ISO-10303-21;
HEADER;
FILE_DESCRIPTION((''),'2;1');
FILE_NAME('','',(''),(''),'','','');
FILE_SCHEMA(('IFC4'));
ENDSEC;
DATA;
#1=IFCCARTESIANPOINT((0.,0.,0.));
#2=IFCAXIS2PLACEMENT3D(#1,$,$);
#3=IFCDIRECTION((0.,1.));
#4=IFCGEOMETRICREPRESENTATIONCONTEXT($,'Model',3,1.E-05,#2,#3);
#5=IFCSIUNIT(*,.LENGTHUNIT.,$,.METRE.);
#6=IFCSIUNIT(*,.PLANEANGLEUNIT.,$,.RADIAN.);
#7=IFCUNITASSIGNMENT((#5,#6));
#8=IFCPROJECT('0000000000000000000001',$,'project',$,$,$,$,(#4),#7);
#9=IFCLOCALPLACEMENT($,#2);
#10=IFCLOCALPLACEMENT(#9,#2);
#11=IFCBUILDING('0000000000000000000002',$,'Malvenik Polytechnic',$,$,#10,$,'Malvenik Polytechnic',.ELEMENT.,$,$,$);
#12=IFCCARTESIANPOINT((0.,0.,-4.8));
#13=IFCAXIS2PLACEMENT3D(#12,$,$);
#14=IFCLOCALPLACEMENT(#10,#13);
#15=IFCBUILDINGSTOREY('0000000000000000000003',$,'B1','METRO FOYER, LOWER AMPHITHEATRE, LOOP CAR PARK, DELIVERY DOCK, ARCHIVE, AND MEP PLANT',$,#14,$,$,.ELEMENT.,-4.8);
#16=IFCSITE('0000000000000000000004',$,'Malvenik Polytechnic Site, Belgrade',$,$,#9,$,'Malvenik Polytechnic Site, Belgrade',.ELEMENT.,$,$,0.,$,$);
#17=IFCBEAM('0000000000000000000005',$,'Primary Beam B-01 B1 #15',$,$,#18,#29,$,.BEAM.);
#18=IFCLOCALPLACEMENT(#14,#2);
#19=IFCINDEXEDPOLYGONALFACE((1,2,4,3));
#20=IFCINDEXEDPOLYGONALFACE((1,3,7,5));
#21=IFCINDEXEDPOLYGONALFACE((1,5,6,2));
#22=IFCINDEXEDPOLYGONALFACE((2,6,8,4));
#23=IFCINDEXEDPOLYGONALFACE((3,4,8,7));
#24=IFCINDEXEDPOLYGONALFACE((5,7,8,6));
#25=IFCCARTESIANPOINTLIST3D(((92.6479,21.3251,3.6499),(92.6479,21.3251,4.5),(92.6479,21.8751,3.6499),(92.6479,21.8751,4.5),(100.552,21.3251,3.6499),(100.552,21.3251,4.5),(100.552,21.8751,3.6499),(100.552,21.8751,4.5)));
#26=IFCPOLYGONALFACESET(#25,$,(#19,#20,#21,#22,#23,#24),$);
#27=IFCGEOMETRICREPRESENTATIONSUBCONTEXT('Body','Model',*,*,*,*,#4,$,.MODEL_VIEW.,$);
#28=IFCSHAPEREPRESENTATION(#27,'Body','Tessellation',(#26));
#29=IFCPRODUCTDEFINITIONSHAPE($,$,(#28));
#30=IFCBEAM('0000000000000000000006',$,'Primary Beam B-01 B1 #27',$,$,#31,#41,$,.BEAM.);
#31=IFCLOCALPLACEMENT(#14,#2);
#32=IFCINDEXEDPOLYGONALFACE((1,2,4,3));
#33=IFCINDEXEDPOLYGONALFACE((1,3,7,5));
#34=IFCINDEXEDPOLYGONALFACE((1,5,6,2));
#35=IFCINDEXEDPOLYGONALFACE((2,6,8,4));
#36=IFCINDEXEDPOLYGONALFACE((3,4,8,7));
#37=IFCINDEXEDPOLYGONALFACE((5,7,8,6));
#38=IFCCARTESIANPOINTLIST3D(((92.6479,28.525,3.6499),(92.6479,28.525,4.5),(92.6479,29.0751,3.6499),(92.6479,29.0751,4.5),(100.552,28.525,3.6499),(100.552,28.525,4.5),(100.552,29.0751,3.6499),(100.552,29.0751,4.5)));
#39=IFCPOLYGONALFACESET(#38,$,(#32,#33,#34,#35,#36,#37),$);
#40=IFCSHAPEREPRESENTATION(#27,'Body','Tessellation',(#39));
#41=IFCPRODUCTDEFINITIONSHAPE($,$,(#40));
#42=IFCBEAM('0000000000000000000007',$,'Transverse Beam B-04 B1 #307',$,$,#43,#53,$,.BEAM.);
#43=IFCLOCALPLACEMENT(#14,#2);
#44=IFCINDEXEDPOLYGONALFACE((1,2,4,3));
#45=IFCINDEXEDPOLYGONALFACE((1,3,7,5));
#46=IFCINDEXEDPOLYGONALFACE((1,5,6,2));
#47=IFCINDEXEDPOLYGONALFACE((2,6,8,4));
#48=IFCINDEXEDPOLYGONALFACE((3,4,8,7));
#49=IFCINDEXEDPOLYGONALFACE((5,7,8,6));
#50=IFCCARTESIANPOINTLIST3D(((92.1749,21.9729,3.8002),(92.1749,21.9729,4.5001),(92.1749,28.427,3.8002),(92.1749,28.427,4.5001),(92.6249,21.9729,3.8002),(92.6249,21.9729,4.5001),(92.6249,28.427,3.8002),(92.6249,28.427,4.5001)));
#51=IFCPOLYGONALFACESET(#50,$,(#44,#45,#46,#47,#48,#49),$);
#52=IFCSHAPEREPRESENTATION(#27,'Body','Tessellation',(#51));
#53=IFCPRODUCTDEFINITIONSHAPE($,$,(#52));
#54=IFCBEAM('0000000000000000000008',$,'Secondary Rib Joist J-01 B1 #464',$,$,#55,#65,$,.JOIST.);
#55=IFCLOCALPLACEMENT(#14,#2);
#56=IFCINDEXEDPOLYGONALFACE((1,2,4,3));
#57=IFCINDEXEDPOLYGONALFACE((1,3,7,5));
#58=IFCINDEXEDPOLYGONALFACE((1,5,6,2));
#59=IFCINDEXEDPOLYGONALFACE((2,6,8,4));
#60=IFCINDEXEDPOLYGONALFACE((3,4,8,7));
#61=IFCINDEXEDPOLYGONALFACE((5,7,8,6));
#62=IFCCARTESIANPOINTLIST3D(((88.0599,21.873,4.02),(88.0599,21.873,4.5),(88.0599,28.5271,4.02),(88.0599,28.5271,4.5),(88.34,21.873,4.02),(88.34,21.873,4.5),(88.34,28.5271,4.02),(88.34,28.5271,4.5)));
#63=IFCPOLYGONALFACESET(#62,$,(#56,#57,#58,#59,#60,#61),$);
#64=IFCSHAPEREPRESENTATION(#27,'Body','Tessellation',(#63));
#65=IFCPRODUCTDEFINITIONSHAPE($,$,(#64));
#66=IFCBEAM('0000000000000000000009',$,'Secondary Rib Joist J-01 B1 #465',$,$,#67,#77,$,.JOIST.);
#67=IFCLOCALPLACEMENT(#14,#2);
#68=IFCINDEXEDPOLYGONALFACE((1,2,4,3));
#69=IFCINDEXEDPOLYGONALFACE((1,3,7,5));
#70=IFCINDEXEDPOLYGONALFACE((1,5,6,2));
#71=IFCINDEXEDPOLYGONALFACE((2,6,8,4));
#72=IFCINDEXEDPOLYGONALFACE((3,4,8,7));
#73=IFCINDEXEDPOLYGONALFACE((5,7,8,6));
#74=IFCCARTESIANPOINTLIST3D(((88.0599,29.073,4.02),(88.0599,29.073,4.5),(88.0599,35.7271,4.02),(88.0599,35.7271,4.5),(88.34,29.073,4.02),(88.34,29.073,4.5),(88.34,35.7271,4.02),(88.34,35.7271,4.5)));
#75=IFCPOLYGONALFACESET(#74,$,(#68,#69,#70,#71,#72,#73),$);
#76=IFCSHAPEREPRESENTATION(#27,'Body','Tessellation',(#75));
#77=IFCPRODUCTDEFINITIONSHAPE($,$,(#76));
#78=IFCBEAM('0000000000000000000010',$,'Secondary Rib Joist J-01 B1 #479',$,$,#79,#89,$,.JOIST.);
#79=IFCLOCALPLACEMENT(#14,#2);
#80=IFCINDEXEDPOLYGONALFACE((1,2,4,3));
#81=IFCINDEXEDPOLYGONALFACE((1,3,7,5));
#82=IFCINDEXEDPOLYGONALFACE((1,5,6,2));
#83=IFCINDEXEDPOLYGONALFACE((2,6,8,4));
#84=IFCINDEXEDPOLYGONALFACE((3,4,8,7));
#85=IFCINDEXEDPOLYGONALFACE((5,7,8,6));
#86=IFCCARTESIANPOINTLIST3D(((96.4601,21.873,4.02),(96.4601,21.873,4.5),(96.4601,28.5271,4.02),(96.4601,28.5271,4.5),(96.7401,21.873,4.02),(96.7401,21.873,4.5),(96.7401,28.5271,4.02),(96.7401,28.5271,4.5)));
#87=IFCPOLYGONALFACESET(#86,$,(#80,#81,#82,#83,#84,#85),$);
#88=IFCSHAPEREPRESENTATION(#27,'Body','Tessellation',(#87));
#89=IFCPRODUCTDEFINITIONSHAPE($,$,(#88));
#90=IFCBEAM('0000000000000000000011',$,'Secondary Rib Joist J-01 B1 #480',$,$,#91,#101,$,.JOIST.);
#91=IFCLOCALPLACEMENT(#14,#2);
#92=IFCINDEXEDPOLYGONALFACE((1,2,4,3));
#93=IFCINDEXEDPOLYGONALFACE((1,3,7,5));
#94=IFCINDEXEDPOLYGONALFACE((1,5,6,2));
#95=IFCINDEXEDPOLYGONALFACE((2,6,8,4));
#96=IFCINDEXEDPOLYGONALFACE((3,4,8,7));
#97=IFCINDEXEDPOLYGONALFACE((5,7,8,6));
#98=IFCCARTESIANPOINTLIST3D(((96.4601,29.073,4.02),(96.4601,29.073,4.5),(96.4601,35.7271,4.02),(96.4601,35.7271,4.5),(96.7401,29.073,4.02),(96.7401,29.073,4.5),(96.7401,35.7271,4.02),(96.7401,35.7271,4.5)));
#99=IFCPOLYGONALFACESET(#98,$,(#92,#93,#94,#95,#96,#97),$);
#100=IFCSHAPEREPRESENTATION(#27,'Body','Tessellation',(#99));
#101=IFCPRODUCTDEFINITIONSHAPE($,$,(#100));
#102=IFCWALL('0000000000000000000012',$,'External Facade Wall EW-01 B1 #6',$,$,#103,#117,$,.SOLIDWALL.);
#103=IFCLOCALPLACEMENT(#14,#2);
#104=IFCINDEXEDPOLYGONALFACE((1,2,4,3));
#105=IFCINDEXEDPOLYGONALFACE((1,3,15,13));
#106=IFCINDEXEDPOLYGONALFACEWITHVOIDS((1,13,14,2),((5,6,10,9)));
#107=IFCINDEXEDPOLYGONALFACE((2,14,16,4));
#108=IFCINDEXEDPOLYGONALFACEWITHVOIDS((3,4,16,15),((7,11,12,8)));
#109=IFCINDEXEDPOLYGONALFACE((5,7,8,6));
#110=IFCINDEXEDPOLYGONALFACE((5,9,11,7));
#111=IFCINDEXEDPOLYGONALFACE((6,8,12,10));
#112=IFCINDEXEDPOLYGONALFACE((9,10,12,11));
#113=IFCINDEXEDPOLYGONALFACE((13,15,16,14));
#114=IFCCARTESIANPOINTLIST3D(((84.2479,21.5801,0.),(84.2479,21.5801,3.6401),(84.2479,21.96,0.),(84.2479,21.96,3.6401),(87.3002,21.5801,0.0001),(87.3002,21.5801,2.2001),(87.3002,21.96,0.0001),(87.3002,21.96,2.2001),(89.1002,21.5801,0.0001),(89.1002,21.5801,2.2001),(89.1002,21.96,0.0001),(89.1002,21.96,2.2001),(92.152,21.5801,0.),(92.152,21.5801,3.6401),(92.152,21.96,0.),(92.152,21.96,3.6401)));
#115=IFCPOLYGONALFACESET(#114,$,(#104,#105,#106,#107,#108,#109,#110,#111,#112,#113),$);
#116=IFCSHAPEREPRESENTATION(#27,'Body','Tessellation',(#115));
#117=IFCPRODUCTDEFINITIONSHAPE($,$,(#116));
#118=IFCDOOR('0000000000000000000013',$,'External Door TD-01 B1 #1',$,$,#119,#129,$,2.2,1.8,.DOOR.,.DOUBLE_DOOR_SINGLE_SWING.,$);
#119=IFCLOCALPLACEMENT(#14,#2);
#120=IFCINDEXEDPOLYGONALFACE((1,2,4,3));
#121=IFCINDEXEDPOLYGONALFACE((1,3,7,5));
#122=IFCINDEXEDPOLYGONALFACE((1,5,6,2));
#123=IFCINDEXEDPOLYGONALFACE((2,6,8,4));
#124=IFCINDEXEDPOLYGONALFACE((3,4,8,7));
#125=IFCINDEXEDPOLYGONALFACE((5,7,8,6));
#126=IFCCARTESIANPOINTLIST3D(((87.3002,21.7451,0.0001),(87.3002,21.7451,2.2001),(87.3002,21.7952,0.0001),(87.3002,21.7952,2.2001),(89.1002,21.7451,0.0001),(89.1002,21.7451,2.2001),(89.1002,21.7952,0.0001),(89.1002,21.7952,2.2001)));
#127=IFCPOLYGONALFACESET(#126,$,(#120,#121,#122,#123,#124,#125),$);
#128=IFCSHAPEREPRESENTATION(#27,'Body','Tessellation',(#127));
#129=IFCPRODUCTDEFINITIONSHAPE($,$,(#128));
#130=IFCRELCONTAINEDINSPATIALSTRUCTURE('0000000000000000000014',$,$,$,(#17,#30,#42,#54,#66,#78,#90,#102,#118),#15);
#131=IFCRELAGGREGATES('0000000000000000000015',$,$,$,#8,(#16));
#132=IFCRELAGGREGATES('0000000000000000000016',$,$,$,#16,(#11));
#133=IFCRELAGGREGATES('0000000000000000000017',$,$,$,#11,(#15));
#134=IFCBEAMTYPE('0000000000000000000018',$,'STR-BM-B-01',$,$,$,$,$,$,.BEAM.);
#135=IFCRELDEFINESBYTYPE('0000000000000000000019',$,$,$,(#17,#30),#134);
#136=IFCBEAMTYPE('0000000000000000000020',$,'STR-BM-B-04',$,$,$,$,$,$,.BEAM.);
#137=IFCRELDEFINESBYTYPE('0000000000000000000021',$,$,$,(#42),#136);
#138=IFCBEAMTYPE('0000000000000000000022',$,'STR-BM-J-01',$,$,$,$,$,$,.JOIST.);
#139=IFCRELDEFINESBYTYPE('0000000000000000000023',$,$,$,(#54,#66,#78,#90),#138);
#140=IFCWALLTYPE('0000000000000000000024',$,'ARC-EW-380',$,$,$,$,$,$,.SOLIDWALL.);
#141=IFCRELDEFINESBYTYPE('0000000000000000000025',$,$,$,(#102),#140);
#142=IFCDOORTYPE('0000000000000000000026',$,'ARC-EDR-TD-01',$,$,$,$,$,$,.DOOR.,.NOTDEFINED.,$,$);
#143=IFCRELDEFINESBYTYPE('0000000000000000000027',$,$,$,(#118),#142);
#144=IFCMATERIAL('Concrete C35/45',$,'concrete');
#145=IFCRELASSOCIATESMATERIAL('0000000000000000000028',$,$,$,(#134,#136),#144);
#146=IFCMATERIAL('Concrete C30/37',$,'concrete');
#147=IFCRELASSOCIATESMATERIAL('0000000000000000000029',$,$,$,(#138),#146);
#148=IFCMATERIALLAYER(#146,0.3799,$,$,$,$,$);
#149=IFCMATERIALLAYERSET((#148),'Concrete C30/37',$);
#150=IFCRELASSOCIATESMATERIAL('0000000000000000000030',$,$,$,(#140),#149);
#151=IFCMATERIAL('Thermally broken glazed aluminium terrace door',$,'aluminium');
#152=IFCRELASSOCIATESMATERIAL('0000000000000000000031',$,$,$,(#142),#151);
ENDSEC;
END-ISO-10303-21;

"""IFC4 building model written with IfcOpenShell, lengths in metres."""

from ifc_helpers import new_model, si_unit, direction, frame, frame_2d, origin, origin_2d, place, context, subcontext, project, spatial, rectangle, extrude, material, layer, layer_set, material_profile, profile_set, type_object, element, fill, save


model = new_model("IFC4")

# Units and contexts
model_context = context("Model", 3, precision=1e-05, world=origin(), true_north=direction((0.0, 1.0)))
body_context = subcontext(model_context, "Body", "Model", "MODEL_VIEW")
ifc_project = project(units=[si_unit("LENGTHUNIT", "METRE"), si_unit("PLANEANGLEUNIT", "RADIAN")], contexts=[model_context])

# Site, building, storey
site_placement = place(None, origin())
site = spatial("IfcSite", under=ifc_project, at=site_placement, Name="Malvenik Polytechnic Site, Belgrade", LongName="Malvenik Polytechnic Site, Belgrade", CompositionType="ELEMENT", RefElevation=0.0)
building_placement = place(site_placement, origin())
building = spatial("IfcBuilding", under=site, at=building_placement, Name="Malvenik Polytechnic", LongName="Malvenik Polytechnic", CompositionType="ELEMENT")
storey_placement = place(building_placement, frame((0.0, 0.0, -4.8)))
storey = spatial("IfcBuildingStorey", under=building, at=storey_placement, Name="B1", Description="METRO FOYER, LOWER AMPHITHEATRE, LOOP CAR PARK, DELIVERY DOCK, ARCHIVE, AND MEP PLANT", CompositionType="ELEMENT", Elevation=-4.8)

# Shared definitions
ifc_material_1 = material(Name="Concrete C35/45", Category="concrete")

# Beams
ifc_material_profile_1 = material_profile(ifc_material_1, rectangle(XDim=0.55, YDim=0.8501, at=origin_2d()), Name="RC BM 550x850")
ifc_profile_set_1 = profile_set([ifc_material_profile_1], Name="Concrete C35/45")
beam_type_1 = type_object("IfcBeamType", Name="STR-BM-B-01", PredefinedType="BEAM", material=ifc_profile_set_1)
for number, where, z_axis, x_axis, name in (
    (1, (92.6479, 21.6001, 4.075), (1.0, 0.0, 0.0), (0.0, 1.0, 0.0), "Primary Beam B-01 B1 #15"),
    (2, (92.6479, 28.8, 4.075), (1.0, 0.0, 0.0), (0.0, 1.0, 0.0), "Primary Beam B-01 B1 #27"),
):
    element("IfcBeam", number, at=place(storey_placement, frame(where, z_axis=z_axis, x_axis=x_axis)), inside=storey, type_object=beam_type_1, Name=name, PredefinedType="BEAM", context=body_context, shape_type="SweptSolid", body=[
        extrude(rectangle(XDim=0.55, YDim=0.8501, at=origin_2d()), origin(), (0.0, 0.0, 1.0), 7.9041),
    ])
ifc_material_profile_2 = material_profile(ifc_material_1, rectangle(XDim=0.45, YDim=0.7, at=origin_2d()), Name="RC BM 450x700")
ifc_profile_set_2 = profile_set([ifc_material_profile_2], Name="Concrete C35/45")
beam_type_2 = type_object("IfcBeamType", Name="STR-BM-B-04", PredefinedType="BEAM", material=ifc_profile_set_2)
beam_placement = place(storey_placement, frame((92.3999, 21.9729, 4.1501), z_axis=(0.0, 1.0, 0.0), x_axis=(-1.0, 0.0, 0.0)))
element("IfcBeam", 3, at=beam_placement, inside=storey, type_object=beam_type_2, Name="Transverse Beam B-04 B1 #307", PredefinedType="BEAM", context=body_context, shape_type="SweptSolid", body=[
    extrude(rectangle(XDim=0.45, YDim=0.7, at=origin_2d()), origin(), (0.0, 0.0, 1.0), 6.4541),
])
ifc_material_2 = material(Name="Concrete C30/37", Category="concrete")
ifc_material_profile_3 = material_profile(ifc_material_2, rectangle(XDim=0.28, YDim=0.48, at=origin_2d()), Name="RC JST 280x480")
ifc_profile_set_3 = profile_set([ifc_material_profile_3], Name="Concrete C30/37")
beam_type_3 = type_object("IfcBeamType", Name="STR-BM-J-01", PredefinedType="JOIST", material=ifc_profile_set_3)
for number, where, z_axis, x_axis, name in (
    (4, (88.2, 21.873, 4.26), (0.0, 1.0, 0.0), (-1.0, 0.0, 0.0), "Secondary Rib Joist J-01 B1 #464"),
    (5, (88.2, 29.073, 4.26), (0.0, 1.0, 0.0), (-1.0, 0.0, 0.0), "Secondary Rib Joist J-01 B1 #465"),
    (6, (96.6001, 21.873, 4.26), (0.0, 1.0, 0.0), (-1.0, 0.0, 0.0), "Secondary Rib Joist J-01 B1 #479"),
    (7, (96.6001, 29.073, 4.26), (0.0, 1.0, 0.0), (-1.0, 0.0, 0.0), "Secondary Rib Joist J-01 B1 #480"),
):
    element("IfcBeam", number, at=place(storey_placement, frame(where, z_axis=z_axis, x_axis=x_axis)), inside=storey, type_object=beam_type_3, Name=name, PredefinedType="JOIST", context=body_context, shape_type="SweptSolid", body=[
        extrude(rectangle(XDim=0.28, YDim=0.48, at=origin_2d()), origin(), (0.0, 0.0, 1.0), 6.6541),
    ])

# Wall, opening, door
ifc_layer_1 = layer(ifc_material_2, 0.3799)
ifc_layer_set_1 = layer_set([ifc_layer_1], Name="Concrete C30/37")
wall_type = type_object("IfcWallType", Name="ARC-EW-380", PredefinedType="SOLIDWALL", material=ifc_layer_set_1)
wall_placement = place(storey_placement, frame((92.1521, 21.77, 0.0), z_axis=(0.0, 0.0, 1.0), x_axis=(-1.0, 0.0, 0.0)))
wall = element("IfcWall", 8, at=wall_placement, inside=storey, type_object=wall_type, Name="External Facade Wall EW-01 B1 #6", PredefinedType="SOLIDWALL", context=body_context, shape_type="SweptSolid", body=[
    extrude(rectangle(XDim=7.9041, YDim=0.3799, at=frame_2d((3.9521, 0.0))), origin(), (0.0, 0.0, 1.0), 3.6401),
])
opening_placement = place(wall_placement, frame((3.052, 0.0, 0.0)))
opening = element("IfcOpeningElement", 9, at=opening_placement, cuts=wall, PredefinedType="OPENING", context=body_context, shape_type="SweptSolid", body=[
    extrude(rectangle(XDim=1.8, YDim=2.2, at=frame_2d((0.8999, 1.1001))), frame((0.0, 0.2, 0.0), z_axis=(0.0, -1.0, 0.0), x_axis=(1.0, 0.0, 0.0)), (0.0, 0.0, 1.0), 0.3999),
])
ifc_material_3 = material(Name="Thermally broken glazed aluminium terrace door", Category="aluminium")
door_type = type_object("IfcDoorType", Name="ARC-EDR-TD-01", OperationType="NOTDEFINED", PredefinedType="DOOR", material=ifc_material_3)
door_placement = place(opening_placement, origin())
door = element("IfcDoor", 10, at=door_placement, inside=storey, type_object=door_type, Name="External Door TD-01 B1 #1", OperationType="DOUBLE_DOOR_SINGLE_SWING", OverallHeight=2.2, OverallWidth=1.8, PredefinedType="DOOR", context=body_context, shape_type="SweptSolid", body=[
    extrude(rectangle(XDim=1.8, YDim=2.2, at=frame_2d((0.8999, 1.1001))), frame((0.0, 0.0249, 0.0), z_axis=(0.0, -1.0, 0.0), x_axis=(1.0, 0.0, 0.0)), (0.0, 0.0, 1.0), 0.05),
])
fill(opening, door)

save(model, "model.ifc")
